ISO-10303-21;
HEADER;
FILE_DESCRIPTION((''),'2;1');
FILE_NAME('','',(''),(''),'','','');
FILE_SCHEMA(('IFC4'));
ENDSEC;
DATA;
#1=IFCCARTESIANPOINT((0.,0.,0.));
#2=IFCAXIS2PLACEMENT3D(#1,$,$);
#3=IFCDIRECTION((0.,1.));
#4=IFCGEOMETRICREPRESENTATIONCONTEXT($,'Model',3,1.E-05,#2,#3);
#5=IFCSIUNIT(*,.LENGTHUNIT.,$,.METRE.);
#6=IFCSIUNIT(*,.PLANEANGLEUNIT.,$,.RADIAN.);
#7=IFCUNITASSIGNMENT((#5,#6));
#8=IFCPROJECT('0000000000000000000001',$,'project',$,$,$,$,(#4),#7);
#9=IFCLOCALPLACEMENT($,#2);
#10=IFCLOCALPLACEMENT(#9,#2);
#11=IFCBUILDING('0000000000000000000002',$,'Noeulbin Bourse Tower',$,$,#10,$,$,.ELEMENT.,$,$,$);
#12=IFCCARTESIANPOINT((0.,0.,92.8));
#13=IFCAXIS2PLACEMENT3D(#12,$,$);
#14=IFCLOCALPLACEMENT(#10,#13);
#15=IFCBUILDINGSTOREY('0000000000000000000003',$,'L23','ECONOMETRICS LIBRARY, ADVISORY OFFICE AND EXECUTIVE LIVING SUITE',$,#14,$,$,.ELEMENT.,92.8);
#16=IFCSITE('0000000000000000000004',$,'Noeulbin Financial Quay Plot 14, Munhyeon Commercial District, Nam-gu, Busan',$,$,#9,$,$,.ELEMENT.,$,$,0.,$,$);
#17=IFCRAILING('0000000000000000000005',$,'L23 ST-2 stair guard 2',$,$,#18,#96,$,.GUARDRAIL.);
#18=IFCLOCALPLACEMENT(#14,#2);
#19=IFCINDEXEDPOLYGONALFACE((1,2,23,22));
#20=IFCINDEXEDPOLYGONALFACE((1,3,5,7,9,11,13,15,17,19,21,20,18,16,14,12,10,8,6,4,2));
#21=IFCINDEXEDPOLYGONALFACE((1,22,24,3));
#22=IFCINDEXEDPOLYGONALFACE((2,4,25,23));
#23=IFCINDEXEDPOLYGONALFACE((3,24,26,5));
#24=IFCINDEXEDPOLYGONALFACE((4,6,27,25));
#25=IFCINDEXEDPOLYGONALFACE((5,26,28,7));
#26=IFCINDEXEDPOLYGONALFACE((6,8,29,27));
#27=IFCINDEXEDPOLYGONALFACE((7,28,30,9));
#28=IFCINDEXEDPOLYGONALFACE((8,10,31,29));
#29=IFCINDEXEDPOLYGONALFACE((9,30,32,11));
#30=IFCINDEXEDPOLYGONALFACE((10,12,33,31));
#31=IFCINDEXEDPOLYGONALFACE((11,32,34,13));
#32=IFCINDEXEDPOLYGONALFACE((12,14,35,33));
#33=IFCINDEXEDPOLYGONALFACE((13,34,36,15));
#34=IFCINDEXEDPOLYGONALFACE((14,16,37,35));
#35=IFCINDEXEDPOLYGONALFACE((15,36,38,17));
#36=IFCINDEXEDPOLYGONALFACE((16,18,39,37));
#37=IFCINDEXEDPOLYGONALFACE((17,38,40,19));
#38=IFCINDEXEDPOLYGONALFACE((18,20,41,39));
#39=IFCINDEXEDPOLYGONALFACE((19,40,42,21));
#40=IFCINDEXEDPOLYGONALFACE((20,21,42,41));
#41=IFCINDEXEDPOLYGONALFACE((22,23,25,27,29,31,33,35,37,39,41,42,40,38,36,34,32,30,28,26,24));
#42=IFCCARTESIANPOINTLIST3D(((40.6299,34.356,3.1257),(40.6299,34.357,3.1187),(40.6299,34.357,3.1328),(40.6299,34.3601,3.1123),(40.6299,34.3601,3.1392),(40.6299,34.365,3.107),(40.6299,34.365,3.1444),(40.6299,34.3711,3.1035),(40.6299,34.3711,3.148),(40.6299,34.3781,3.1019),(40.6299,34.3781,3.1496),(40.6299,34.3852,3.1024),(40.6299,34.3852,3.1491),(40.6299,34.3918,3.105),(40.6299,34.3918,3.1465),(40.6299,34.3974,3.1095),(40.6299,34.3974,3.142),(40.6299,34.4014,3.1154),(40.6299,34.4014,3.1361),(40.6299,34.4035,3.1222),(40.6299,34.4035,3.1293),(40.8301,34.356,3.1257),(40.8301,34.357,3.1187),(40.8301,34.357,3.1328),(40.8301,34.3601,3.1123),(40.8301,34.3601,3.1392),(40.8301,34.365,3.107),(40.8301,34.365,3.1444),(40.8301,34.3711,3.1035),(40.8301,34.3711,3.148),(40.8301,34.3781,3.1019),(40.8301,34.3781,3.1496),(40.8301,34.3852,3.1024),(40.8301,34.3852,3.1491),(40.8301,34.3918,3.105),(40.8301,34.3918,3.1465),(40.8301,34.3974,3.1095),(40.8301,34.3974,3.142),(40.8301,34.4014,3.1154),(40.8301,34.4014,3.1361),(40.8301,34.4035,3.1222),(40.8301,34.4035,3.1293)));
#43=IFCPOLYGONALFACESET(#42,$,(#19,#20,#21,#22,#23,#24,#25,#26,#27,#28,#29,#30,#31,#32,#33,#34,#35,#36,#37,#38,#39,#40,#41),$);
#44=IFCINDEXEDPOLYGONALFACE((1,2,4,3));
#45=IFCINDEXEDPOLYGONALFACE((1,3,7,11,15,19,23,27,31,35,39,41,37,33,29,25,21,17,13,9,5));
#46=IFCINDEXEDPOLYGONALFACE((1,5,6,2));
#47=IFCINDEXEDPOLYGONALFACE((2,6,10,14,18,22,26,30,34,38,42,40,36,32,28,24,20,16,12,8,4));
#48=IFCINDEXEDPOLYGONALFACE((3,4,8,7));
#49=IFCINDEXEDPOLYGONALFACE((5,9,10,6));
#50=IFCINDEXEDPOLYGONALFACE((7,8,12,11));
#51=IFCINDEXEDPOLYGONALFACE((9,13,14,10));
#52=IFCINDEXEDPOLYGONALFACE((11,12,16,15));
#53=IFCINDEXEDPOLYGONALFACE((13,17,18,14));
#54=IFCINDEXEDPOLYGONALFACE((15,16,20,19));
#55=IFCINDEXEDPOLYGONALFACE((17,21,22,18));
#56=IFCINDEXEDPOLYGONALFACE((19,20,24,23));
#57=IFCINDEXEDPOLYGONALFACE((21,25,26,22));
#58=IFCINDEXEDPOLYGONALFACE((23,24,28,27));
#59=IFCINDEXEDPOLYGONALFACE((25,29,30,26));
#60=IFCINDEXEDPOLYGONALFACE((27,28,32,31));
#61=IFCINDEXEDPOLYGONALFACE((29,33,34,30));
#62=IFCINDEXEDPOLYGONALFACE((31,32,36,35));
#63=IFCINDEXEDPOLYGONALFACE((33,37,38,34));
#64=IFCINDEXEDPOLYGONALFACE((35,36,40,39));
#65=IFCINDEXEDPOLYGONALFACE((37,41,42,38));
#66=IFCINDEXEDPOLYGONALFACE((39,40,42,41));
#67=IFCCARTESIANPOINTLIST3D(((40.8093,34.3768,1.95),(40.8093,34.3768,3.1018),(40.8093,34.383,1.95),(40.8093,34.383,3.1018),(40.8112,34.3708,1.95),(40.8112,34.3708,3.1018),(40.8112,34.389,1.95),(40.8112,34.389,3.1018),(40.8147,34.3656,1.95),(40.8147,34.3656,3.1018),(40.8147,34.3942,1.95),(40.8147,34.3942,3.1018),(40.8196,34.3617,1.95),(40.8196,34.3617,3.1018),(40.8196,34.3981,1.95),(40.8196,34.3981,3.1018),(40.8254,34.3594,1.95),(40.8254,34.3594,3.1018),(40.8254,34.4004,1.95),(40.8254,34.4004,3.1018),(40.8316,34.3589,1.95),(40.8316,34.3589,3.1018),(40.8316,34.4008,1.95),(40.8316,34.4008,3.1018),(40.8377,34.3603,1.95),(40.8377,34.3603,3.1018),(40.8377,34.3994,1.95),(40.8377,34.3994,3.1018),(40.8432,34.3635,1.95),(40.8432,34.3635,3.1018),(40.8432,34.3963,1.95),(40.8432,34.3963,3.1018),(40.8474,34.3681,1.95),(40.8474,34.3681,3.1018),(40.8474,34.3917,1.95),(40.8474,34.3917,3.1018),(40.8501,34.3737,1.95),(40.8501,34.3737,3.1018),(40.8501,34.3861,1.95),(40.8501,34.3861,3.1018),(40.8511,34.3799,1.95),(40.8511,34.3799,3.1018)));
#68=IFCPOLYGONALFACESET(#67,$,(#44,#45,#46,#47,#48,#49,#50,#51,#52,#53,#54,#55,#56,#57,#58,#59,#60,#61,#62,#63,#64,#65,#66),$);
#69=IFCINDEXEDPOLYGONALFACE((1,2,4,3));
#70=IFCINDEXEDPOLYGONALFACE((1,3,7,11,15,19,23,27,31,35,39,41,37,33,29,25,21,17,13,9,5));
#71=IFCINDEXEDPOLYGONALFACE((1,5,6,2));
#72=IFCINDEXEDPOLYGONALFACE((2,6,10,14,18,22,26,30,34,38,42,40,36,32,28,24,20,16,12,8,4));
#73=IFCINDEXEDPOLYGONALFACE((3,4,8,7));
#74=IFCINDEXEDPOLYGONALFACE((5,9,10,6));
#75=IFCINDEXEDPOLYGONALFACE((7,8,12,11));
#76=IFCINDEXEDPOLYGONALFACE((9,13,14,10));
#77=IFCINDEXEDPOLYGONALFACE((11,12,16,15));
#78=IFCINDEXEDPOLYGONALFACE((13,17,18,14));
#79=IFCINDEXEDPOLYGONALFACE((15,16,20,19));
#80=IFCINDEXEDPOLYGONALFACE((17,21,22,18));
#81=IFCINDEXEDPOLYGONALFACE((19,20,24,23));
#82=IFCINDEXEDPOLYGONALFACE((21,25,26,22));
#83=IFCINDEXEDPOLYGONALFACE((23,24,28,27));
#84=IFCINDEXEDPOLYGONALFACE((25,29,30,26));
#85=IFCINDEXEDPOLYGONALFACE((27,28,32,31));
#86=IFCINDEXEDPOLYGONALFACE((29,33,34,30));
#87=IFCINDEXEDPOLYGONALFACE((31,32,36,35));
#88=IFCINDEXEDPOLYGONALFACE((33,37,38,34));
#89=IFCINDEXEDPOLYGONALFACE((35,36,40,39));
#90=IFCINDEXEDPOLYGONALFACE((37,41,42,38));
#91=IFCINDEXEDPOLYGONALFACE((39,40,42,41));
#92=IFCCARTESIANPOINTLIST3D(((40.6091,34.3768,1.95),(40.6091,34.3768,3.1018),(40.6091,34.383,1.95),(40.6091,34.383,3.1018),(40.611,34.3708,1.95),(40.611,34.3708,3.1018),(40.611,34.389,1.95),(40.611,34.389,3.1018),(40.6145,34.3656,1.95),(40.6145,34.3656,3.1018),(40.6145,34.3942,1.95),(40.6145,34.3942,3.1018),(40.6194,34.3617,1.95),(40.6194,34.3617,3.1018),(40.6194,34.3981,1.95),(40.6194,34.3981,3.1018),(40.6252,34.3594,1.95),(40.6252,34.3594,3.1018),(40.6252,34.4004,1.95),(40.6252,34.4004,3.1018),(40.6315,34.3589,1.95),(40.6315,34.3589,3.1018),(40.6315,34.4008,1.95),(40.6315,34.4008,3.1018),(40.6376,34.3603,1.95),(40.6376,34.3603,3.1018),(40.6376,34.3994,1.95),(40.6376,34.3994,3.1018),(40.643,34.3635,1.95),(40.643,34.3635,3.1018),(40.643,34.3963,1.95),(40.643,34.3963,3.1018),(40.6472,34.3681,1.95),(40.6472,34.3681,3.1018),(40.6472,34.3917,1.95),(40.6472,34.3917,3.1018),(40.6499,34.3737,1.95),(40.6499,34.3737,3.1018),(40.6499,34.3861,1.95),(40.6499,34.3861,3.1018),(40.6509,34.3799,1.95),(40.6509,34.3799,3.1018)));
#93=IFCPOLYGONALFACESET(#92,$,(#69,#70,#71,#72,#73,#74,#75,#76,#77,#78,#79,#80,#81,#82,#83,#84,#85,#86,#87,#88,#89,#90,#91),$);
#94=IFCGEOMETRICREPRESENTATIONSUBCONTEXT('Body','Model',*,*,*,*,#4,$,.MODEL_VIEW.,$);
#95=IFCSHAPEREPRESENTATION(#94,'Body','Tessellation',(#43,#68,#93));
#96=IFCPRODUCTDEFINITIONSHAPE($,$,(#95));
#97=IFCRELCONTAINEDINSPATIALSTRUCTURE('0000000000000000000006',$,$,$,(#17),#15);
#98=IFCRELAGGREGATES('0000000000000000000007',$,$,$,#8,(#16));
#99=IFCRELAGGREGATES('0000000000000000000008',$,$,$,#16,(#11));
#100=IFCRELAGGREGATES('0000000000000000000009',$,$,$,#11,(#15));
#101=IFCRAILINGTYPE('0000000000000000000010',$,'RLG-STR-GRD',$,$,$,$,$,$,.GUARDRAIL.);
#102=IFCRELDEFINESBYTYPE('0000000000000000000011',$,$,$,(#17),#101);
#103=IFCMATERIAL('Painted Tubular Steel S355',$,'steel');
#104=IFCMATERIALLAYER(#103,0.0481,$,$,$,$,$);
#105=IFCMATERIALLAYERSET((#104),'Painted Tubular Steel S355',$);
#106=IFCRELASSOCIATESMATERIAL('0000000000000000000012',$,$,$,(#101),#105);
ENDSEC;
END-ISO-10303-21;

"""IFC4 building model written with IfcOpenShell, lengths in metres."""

from ifc_helpers import new_model, si_unit, direction, frame, origin, origin_2d, place, context, subcontext, project, spatial, circle, extrude, material, layer, layer_set, type_object, element, save


model = new_model("IFC4")

# Units and contexts
model_context = context("Model", 3, precision=1e-05, world=origin(), true_north=direction((0.0, 1.0)))
body_context = subcontext(model_context, "Body", "Model", "MODEL_VIEW")
ifc_project = project(units=[si_unit("LENGTHUNIT", "METRE"), si_unit("PLANEANGLEUNIT", "RADIAN")], contexts=[model_context])

# Site, building, storey
site_placement = place(None, origin())
site = spatial("IfcSite", under=ifc_project, at=site_placement, Name="Noeulbin Financial Quay Plot 14, Munhyeon Commercial District, Nam-gu, Busan", CompositionType="ELEMENT", RefElevation=0.0)
building_placement = place(site_placement, origin())
building = spatial("IfcBuilding", under=site, at=building_placement, Name="Noeulbin Bourse Tower", CompositionType="ELEMENT")
storey_placement = place(building_placement, frame((0.0, 0.0, 92.8)))
storey = spatial("IfcBuildingStorey", under=building, at=storey_placement, Name="L23", Description="ECONOMETRICS LIBRARY, ADVISORY OFFICE AND EXECUTIVE LIVING SUITE", CompositionType="ELEMENT", Elevation=92.8)

# Railing
ifc_material_1 = material(Name="Painted Tubular Steel S355", Category="steel")
ifc_layer_1 = layer(ifc_material_1, 0.0481)
ifc_layer_set_1 = layer_set([ifc_layer_1], Name="Painted Tubular Steel S355")
railing_type_1 = type_object("IfcRailingType", Name="RLG-STR-GRD", PredefinedType="GUARDRAIL", material=ifc_layer_set_1)
railing_1_placement = place(storey_placement, frame((40.8301, 34.3799, 1.95)))
element("IfcRailing", 1, at=railing_1_placement, inside=storey, type_object=railing_type_1, Name="L23 ST-2 stair guard 2", PredefinedType="GUARDRAIL", context=body_context, shape_type="SweptSolid", body=[
    extrude(circle(Radius=0.0239, at=origin_2d()), frame((0.0, 0.0, 1.1758), z_axis=(-1.0, 0.0, 0.0), x_axis=(0.0, -1.0, 0.0)), (0.0, 0.0, 1.0), 0.2002),
    extrude(circle(Radius=0.021, at=origin_2d()), origin(), (0.0, 0.0, 1.0), 1.1519),
    extrude(circle(Radius=0.021, at=origin_2d()), frame((-0.2002, 0.0, 0.0)), (0.0, 0.0, 1.0), 1.1519),
])

save(model, "model.ifc")
